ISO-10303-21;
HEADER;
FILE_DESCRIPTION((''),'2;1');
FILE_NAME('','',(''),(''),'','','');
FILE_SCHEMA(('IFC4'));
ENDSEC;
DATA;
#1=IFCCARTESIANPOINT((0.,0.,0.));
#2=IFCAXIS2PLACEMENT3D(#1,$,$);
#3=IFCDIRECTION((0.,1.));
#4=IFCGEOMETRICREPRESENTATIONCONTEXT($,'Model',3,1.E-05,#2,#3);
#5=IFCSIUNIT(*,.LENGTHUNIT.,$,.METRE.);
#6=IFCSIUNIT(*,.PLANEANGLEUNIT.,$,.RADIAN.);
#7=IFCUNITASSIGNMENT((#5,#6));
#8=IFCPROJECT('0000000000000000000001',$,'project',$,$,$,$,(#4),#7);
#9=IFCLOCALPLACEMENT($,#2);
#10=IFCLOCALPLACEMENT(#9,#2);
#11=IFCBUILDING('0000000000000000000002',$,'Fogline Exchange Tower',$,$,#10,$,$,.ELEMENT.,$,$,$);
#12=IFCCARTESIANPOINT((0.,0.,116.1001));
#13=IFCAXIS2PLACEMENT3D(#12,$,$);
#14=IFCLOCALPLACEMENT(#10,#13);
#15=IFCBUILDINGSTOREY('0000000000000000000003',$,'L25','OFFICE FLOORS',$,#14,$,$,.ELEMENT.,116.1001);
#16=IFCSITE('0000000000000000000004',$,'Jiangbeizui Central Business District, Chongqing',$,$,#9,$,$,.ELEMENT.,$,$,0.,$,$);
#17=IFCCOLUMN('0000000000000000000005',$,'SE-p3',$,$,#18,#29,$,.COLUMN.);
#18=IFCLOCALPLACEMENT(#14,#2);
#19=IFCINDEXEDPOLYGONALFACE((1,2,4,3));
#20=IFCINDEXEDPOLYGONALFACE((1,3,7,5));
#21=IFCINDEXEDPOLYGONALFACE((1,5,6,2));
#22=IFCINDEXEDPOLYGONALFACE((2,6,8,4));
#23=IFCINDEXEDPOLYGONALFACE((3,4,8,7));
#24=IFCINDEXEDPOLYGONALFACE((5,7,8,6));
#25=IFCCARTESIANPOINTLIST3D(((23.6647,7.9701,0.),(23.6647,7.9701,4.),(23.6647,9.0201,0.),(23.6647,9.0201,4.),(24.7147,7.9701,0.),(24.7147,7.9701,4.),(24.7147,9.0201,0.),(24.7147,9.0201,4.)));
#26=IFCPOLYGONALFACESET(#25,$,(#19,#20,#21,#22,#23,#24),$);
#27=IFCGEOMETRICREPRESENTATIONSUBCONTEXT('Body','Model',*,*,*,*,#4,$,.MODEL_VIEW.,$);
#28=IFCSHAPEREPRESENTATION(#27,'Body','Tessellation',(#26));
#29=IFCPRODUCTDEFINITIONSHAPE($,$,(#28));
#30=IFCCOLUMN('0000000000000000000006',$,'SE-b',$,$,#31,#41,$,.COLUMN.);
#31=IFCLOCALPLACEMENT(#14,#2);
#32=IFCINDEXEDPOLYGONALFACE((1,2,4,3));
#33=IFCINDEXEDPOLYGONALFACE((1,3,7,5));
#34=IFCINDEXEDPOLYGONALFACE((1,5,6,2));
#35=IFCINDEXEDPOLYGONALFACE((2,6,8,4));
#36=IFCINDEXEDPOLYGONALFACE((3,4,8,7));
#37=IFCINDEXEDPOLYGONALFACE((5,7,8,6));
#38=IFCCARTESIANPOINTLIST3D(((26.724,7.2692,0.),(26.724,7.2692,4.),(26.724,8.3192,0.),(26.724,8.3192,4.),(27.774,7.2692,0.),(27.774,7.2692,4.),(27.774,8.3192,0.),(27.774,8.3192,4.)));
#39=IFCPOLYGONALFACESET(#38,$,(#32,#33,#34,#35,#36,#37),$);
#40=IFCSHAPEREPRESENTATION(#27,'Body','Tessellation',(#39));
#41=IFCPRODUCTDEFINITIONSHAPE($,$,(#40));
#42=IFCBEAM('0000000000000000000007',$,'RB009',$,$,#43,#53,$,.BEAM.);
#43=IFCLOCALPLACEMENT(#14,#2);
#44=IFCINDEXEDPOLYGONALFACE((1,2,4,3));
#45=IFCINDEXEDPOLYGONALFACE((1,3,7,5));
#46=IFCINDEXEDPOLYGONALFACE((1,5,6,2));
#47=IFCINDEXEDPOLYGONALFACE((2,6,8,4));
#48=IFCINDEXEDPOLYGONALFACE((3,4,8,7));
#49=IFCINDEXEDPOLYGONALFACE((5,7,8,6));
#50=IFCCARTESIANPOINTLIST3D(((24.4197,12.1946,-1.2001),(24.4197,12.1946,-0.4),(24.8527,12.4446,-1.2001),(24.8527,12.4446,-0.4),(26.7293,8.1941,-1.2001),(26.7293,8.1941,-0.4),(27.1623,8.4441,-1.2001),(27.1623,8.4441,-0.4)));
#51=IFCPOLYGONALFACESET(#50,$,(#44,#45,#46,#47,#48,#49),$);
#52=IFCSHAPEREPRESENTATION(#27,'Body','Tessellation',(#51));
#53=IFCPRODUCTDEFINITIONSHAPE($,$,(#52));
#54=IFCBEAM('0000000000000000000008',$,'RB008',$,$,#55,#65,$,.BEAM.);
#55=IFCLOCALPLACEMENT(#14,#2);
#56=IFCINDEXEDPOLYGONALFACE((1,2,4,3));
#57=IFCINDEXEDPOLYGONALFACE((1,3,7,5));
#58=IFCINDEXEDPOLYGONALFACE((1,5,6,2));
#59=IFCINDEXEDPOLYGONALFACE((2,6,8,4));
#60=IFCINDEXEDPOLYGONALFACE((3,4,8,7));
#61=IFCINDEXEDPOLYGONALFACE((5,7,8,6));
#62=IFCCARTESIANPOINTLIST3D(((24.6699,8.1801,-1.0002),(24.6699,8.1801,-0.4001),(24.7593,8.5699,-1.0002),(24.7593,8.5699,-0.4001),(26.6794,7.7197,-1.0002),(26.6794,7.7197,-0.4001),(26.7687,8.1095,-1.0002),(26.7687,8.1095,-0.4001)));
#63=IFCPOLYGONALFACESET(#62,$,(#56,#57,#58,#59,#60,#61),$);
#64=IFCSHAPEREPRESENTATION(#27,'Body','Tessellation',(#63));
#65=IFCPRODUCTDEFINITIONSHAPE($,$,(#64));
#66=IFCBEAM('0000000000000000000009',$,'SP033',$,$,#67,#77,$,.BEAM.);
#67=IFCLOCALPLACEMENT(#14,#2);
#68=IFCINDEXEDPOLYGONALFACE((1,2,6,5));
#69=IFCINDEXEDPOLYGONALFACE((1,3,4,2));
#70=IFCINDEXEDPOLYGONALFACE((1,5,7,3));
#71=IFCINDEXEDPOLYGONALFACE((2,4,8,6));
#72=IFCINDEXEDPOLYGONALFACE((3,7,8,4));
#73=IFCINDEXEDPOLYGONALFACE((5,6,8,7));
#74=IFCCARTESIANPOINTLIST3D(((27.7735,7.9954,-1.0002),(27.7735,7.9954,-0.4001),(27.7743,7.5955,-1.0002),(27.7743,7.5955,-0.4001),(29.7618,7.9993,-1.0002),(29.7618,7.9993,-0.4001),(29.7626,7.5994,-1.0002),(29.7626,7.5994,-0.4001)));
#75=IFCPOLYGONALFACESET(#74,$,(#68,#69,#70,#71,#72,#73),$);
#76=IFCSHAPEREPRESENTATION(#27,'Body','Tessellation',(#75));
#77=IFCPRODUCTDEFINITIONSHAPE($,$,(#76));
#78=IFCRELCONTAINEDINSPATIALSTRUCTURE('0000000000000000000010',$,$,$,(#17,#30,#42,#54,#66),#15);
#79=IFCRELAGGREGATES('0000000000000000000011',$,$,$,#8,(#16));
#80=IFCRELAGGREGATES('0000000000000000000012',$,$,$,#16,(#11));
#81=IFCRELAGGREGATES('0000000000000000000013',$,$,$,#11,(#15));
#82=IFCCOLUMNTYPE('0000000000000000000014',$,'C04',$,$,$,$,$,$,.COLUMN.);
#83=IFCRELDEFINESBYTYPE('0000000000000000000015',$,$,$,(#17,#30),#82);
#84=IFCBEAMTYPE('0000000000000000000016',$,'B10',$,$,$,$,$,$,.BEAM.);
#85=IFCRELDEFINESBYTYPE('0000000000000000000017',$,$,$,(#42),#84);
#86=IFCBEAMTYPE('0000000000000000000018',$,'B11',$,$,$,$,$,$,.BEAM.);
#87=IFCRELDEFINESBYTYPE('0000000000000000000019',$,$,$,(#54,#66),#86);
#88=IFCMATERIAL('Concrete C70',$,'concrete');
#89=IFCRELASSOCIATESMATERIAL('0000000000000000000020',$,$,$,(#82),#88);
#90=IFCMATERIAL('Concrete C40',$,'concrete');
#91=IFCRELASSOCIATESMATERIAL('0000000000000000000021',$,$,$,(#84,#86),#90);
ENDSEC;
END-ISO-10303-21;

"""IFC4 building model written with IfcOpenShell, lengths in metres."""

from ifc_helpers import new_model, si_unit, direction, frame, origin, origin_2d, place, context, subcontext, project, spatial, rectangle, extrude, material, material_profile, profile_set, type_object, element, save


model = new_model("IFC4")

# Units and contexts
model_context = context("Model", 3, precision=1e-05, world=origin(), true_north=direction((0.0, 1.0)))
body_context = subcontext(model_context, "Body", "Model", "MODEL_VIEW")
ifc_project = project(units=[si_unit("LENGTHUNIT", "METRE"), si_unit("PLANEANGLEUNIT", "RADIAN")], contexts=[model_context])

# Site, building, storey
site_placement = place(None, origin())
site = spatial("IfcSite", under=ifc_project, at=site_placement, Name="Jiangbeizui Central Business District, Chongqing", CompositionType="ELEMENT", RefElevation=0.0)
building_placement = place(site_placement, origin())
building = spatial("IfcBuilding", under=site, at=building_placement, Name="Fogline Exchange Tower", CompositionType="ELEMENT")
storey_placement = place(building_placement, frame((0.0, 0.0, 116.1001)))
storey = spatial("IfcBuildingStorey", under=building, at=storey_placement, Name="L25", Description="OFFICE FLOORS", CompositionType="ELEMENT", Elevation=116.1001)

# Columns
ifc_material_1 = material(Name="Concrete C70", Category="concrete")
ifc_material_profile_1 = material_profile(ifc_material_1, rectangle(XDim=1.05, YDim=1.05, at=origin_2d()), Name="RC 1050x1050")
ifc_profile_set_1 = profile_set([ifc_material_profile_1], Name="Concrete C70")
column_type = type_object("IfcColumnType", Name="C04", PredefinedType="COLUMN", material=ifc_profile_set_1)
for number, where, z_axis, x_axis, name in (
    (1, (24.1897, 8.4951, 0.0), (0.0, 0.0, 1.0), (1.0, 0.0, 0.0), "SE-p3"),
    (2, (27.249, 7.7942, 0.0), (0.0, 0.0, 1.0), (1.0, 0.0, 0.0), "SE-b"),
):
    element("IfcColumn", number, at=place(storey_placement, frame(where, z_axis=z_axis, x_axis=x_axis)), inside=storey, type_object=column_type, Name=name, PredefinedType="COLUMN", context=body_context, shape_type="SweptSolid", body=[
        extrude(rectangle(XDim=1.05, YDim=1.05, at=origin_2d()), origin(), (0.0, 0.0, 1.0), 4.0),
    ])

# Beams
ifc_material_2 = material(Name="Concrete C40", Category="concrete")
ifc_material_profile_2 = material_profile(ifc_material_2, rectangle(XDim=0.5, YDim=0.8, at=origin_2d()), Name="RC 500x800")
ifc_profile_set_2 = profile_set([ifc_material_profile_2], Name="Concrete C40")
beam_type_1 = type_object("IfcBeamType", Name="B10", PredefinedType="BEAM", material=ifc_profile_set_2)
beam_1_placement = place(storey_placement, frame((26.9458, 8.3191, -0.8), z_axis=(-0.499982, 0.866036, 0.0), x_axis=(-0.866036, -0.499982, 0.0)))
element("IfcBeam", 3, at=beam_1_placement, inside=storey, type_object=beam_type_1, Name="RB009", PredefinedType="BEAM", context=body_context, shape_type="SweptSolid", body=[
    extrude(rectangle(XDim=0.5, YDim=0.8, at=origin_2d()), origin(), (0.0, 0.0, 1.0), 4.6194),
])
ifc_material_profile_3 = material_profile(ifc_material_2, rectangle(XDim=0.3999, YDim=0.6001, at=origin_2d()), Name="RC 400x600")
ifc_profile_set_3 = profile_set([ifc_material_profile_3], Name="Concrete C40")
beam_type_2 = type_object("IfcBeamType", Name="B11", PredefinedType="BEAM", material=ifc_profile_set_3)
beam_2_placement = place(storey_placement, frame((24.7146, 8.375, -0.7002), z_axis=(0.974739, -0.223346, 0.0), x_axis=(0.223346, 0.974739, 0.0)))
element("IfcBeam", 4, at=beam_2_placement, inside=storey, type_object=beam_type_2, Name="RB008", PredefinedType="BEAM", context=body_context, shape_type="SweptSolid", body=[
    extrude(rectangle(XDim=0.3999, YDim=0.6001, at=origin_2d()), origin(), (0.0, 0.0, 1.0), 2.0615),
])
beam_3_placement = place(storey_placement, frame((27.7739, 7.7954, -0.7002), z_axis=(0.999998, 0.001965, 0.0), x_axis=(-0.001965, 0.999998, 0.0)))
element("IfcBeam", 5, at=beam_3_placement, inside=storey, type_object=beam_type_2, Name="SP033", PredefinedType="BEAM", context=body_context, shape_type="SweptSolid", body=[
    extrude(rectangle(XDim=0.3999, YDim=0.6001, at=origin_2d()), origin(), (0.0, 0.0, 1.0), 1.9883),
])

save(model, "model.ifc")
